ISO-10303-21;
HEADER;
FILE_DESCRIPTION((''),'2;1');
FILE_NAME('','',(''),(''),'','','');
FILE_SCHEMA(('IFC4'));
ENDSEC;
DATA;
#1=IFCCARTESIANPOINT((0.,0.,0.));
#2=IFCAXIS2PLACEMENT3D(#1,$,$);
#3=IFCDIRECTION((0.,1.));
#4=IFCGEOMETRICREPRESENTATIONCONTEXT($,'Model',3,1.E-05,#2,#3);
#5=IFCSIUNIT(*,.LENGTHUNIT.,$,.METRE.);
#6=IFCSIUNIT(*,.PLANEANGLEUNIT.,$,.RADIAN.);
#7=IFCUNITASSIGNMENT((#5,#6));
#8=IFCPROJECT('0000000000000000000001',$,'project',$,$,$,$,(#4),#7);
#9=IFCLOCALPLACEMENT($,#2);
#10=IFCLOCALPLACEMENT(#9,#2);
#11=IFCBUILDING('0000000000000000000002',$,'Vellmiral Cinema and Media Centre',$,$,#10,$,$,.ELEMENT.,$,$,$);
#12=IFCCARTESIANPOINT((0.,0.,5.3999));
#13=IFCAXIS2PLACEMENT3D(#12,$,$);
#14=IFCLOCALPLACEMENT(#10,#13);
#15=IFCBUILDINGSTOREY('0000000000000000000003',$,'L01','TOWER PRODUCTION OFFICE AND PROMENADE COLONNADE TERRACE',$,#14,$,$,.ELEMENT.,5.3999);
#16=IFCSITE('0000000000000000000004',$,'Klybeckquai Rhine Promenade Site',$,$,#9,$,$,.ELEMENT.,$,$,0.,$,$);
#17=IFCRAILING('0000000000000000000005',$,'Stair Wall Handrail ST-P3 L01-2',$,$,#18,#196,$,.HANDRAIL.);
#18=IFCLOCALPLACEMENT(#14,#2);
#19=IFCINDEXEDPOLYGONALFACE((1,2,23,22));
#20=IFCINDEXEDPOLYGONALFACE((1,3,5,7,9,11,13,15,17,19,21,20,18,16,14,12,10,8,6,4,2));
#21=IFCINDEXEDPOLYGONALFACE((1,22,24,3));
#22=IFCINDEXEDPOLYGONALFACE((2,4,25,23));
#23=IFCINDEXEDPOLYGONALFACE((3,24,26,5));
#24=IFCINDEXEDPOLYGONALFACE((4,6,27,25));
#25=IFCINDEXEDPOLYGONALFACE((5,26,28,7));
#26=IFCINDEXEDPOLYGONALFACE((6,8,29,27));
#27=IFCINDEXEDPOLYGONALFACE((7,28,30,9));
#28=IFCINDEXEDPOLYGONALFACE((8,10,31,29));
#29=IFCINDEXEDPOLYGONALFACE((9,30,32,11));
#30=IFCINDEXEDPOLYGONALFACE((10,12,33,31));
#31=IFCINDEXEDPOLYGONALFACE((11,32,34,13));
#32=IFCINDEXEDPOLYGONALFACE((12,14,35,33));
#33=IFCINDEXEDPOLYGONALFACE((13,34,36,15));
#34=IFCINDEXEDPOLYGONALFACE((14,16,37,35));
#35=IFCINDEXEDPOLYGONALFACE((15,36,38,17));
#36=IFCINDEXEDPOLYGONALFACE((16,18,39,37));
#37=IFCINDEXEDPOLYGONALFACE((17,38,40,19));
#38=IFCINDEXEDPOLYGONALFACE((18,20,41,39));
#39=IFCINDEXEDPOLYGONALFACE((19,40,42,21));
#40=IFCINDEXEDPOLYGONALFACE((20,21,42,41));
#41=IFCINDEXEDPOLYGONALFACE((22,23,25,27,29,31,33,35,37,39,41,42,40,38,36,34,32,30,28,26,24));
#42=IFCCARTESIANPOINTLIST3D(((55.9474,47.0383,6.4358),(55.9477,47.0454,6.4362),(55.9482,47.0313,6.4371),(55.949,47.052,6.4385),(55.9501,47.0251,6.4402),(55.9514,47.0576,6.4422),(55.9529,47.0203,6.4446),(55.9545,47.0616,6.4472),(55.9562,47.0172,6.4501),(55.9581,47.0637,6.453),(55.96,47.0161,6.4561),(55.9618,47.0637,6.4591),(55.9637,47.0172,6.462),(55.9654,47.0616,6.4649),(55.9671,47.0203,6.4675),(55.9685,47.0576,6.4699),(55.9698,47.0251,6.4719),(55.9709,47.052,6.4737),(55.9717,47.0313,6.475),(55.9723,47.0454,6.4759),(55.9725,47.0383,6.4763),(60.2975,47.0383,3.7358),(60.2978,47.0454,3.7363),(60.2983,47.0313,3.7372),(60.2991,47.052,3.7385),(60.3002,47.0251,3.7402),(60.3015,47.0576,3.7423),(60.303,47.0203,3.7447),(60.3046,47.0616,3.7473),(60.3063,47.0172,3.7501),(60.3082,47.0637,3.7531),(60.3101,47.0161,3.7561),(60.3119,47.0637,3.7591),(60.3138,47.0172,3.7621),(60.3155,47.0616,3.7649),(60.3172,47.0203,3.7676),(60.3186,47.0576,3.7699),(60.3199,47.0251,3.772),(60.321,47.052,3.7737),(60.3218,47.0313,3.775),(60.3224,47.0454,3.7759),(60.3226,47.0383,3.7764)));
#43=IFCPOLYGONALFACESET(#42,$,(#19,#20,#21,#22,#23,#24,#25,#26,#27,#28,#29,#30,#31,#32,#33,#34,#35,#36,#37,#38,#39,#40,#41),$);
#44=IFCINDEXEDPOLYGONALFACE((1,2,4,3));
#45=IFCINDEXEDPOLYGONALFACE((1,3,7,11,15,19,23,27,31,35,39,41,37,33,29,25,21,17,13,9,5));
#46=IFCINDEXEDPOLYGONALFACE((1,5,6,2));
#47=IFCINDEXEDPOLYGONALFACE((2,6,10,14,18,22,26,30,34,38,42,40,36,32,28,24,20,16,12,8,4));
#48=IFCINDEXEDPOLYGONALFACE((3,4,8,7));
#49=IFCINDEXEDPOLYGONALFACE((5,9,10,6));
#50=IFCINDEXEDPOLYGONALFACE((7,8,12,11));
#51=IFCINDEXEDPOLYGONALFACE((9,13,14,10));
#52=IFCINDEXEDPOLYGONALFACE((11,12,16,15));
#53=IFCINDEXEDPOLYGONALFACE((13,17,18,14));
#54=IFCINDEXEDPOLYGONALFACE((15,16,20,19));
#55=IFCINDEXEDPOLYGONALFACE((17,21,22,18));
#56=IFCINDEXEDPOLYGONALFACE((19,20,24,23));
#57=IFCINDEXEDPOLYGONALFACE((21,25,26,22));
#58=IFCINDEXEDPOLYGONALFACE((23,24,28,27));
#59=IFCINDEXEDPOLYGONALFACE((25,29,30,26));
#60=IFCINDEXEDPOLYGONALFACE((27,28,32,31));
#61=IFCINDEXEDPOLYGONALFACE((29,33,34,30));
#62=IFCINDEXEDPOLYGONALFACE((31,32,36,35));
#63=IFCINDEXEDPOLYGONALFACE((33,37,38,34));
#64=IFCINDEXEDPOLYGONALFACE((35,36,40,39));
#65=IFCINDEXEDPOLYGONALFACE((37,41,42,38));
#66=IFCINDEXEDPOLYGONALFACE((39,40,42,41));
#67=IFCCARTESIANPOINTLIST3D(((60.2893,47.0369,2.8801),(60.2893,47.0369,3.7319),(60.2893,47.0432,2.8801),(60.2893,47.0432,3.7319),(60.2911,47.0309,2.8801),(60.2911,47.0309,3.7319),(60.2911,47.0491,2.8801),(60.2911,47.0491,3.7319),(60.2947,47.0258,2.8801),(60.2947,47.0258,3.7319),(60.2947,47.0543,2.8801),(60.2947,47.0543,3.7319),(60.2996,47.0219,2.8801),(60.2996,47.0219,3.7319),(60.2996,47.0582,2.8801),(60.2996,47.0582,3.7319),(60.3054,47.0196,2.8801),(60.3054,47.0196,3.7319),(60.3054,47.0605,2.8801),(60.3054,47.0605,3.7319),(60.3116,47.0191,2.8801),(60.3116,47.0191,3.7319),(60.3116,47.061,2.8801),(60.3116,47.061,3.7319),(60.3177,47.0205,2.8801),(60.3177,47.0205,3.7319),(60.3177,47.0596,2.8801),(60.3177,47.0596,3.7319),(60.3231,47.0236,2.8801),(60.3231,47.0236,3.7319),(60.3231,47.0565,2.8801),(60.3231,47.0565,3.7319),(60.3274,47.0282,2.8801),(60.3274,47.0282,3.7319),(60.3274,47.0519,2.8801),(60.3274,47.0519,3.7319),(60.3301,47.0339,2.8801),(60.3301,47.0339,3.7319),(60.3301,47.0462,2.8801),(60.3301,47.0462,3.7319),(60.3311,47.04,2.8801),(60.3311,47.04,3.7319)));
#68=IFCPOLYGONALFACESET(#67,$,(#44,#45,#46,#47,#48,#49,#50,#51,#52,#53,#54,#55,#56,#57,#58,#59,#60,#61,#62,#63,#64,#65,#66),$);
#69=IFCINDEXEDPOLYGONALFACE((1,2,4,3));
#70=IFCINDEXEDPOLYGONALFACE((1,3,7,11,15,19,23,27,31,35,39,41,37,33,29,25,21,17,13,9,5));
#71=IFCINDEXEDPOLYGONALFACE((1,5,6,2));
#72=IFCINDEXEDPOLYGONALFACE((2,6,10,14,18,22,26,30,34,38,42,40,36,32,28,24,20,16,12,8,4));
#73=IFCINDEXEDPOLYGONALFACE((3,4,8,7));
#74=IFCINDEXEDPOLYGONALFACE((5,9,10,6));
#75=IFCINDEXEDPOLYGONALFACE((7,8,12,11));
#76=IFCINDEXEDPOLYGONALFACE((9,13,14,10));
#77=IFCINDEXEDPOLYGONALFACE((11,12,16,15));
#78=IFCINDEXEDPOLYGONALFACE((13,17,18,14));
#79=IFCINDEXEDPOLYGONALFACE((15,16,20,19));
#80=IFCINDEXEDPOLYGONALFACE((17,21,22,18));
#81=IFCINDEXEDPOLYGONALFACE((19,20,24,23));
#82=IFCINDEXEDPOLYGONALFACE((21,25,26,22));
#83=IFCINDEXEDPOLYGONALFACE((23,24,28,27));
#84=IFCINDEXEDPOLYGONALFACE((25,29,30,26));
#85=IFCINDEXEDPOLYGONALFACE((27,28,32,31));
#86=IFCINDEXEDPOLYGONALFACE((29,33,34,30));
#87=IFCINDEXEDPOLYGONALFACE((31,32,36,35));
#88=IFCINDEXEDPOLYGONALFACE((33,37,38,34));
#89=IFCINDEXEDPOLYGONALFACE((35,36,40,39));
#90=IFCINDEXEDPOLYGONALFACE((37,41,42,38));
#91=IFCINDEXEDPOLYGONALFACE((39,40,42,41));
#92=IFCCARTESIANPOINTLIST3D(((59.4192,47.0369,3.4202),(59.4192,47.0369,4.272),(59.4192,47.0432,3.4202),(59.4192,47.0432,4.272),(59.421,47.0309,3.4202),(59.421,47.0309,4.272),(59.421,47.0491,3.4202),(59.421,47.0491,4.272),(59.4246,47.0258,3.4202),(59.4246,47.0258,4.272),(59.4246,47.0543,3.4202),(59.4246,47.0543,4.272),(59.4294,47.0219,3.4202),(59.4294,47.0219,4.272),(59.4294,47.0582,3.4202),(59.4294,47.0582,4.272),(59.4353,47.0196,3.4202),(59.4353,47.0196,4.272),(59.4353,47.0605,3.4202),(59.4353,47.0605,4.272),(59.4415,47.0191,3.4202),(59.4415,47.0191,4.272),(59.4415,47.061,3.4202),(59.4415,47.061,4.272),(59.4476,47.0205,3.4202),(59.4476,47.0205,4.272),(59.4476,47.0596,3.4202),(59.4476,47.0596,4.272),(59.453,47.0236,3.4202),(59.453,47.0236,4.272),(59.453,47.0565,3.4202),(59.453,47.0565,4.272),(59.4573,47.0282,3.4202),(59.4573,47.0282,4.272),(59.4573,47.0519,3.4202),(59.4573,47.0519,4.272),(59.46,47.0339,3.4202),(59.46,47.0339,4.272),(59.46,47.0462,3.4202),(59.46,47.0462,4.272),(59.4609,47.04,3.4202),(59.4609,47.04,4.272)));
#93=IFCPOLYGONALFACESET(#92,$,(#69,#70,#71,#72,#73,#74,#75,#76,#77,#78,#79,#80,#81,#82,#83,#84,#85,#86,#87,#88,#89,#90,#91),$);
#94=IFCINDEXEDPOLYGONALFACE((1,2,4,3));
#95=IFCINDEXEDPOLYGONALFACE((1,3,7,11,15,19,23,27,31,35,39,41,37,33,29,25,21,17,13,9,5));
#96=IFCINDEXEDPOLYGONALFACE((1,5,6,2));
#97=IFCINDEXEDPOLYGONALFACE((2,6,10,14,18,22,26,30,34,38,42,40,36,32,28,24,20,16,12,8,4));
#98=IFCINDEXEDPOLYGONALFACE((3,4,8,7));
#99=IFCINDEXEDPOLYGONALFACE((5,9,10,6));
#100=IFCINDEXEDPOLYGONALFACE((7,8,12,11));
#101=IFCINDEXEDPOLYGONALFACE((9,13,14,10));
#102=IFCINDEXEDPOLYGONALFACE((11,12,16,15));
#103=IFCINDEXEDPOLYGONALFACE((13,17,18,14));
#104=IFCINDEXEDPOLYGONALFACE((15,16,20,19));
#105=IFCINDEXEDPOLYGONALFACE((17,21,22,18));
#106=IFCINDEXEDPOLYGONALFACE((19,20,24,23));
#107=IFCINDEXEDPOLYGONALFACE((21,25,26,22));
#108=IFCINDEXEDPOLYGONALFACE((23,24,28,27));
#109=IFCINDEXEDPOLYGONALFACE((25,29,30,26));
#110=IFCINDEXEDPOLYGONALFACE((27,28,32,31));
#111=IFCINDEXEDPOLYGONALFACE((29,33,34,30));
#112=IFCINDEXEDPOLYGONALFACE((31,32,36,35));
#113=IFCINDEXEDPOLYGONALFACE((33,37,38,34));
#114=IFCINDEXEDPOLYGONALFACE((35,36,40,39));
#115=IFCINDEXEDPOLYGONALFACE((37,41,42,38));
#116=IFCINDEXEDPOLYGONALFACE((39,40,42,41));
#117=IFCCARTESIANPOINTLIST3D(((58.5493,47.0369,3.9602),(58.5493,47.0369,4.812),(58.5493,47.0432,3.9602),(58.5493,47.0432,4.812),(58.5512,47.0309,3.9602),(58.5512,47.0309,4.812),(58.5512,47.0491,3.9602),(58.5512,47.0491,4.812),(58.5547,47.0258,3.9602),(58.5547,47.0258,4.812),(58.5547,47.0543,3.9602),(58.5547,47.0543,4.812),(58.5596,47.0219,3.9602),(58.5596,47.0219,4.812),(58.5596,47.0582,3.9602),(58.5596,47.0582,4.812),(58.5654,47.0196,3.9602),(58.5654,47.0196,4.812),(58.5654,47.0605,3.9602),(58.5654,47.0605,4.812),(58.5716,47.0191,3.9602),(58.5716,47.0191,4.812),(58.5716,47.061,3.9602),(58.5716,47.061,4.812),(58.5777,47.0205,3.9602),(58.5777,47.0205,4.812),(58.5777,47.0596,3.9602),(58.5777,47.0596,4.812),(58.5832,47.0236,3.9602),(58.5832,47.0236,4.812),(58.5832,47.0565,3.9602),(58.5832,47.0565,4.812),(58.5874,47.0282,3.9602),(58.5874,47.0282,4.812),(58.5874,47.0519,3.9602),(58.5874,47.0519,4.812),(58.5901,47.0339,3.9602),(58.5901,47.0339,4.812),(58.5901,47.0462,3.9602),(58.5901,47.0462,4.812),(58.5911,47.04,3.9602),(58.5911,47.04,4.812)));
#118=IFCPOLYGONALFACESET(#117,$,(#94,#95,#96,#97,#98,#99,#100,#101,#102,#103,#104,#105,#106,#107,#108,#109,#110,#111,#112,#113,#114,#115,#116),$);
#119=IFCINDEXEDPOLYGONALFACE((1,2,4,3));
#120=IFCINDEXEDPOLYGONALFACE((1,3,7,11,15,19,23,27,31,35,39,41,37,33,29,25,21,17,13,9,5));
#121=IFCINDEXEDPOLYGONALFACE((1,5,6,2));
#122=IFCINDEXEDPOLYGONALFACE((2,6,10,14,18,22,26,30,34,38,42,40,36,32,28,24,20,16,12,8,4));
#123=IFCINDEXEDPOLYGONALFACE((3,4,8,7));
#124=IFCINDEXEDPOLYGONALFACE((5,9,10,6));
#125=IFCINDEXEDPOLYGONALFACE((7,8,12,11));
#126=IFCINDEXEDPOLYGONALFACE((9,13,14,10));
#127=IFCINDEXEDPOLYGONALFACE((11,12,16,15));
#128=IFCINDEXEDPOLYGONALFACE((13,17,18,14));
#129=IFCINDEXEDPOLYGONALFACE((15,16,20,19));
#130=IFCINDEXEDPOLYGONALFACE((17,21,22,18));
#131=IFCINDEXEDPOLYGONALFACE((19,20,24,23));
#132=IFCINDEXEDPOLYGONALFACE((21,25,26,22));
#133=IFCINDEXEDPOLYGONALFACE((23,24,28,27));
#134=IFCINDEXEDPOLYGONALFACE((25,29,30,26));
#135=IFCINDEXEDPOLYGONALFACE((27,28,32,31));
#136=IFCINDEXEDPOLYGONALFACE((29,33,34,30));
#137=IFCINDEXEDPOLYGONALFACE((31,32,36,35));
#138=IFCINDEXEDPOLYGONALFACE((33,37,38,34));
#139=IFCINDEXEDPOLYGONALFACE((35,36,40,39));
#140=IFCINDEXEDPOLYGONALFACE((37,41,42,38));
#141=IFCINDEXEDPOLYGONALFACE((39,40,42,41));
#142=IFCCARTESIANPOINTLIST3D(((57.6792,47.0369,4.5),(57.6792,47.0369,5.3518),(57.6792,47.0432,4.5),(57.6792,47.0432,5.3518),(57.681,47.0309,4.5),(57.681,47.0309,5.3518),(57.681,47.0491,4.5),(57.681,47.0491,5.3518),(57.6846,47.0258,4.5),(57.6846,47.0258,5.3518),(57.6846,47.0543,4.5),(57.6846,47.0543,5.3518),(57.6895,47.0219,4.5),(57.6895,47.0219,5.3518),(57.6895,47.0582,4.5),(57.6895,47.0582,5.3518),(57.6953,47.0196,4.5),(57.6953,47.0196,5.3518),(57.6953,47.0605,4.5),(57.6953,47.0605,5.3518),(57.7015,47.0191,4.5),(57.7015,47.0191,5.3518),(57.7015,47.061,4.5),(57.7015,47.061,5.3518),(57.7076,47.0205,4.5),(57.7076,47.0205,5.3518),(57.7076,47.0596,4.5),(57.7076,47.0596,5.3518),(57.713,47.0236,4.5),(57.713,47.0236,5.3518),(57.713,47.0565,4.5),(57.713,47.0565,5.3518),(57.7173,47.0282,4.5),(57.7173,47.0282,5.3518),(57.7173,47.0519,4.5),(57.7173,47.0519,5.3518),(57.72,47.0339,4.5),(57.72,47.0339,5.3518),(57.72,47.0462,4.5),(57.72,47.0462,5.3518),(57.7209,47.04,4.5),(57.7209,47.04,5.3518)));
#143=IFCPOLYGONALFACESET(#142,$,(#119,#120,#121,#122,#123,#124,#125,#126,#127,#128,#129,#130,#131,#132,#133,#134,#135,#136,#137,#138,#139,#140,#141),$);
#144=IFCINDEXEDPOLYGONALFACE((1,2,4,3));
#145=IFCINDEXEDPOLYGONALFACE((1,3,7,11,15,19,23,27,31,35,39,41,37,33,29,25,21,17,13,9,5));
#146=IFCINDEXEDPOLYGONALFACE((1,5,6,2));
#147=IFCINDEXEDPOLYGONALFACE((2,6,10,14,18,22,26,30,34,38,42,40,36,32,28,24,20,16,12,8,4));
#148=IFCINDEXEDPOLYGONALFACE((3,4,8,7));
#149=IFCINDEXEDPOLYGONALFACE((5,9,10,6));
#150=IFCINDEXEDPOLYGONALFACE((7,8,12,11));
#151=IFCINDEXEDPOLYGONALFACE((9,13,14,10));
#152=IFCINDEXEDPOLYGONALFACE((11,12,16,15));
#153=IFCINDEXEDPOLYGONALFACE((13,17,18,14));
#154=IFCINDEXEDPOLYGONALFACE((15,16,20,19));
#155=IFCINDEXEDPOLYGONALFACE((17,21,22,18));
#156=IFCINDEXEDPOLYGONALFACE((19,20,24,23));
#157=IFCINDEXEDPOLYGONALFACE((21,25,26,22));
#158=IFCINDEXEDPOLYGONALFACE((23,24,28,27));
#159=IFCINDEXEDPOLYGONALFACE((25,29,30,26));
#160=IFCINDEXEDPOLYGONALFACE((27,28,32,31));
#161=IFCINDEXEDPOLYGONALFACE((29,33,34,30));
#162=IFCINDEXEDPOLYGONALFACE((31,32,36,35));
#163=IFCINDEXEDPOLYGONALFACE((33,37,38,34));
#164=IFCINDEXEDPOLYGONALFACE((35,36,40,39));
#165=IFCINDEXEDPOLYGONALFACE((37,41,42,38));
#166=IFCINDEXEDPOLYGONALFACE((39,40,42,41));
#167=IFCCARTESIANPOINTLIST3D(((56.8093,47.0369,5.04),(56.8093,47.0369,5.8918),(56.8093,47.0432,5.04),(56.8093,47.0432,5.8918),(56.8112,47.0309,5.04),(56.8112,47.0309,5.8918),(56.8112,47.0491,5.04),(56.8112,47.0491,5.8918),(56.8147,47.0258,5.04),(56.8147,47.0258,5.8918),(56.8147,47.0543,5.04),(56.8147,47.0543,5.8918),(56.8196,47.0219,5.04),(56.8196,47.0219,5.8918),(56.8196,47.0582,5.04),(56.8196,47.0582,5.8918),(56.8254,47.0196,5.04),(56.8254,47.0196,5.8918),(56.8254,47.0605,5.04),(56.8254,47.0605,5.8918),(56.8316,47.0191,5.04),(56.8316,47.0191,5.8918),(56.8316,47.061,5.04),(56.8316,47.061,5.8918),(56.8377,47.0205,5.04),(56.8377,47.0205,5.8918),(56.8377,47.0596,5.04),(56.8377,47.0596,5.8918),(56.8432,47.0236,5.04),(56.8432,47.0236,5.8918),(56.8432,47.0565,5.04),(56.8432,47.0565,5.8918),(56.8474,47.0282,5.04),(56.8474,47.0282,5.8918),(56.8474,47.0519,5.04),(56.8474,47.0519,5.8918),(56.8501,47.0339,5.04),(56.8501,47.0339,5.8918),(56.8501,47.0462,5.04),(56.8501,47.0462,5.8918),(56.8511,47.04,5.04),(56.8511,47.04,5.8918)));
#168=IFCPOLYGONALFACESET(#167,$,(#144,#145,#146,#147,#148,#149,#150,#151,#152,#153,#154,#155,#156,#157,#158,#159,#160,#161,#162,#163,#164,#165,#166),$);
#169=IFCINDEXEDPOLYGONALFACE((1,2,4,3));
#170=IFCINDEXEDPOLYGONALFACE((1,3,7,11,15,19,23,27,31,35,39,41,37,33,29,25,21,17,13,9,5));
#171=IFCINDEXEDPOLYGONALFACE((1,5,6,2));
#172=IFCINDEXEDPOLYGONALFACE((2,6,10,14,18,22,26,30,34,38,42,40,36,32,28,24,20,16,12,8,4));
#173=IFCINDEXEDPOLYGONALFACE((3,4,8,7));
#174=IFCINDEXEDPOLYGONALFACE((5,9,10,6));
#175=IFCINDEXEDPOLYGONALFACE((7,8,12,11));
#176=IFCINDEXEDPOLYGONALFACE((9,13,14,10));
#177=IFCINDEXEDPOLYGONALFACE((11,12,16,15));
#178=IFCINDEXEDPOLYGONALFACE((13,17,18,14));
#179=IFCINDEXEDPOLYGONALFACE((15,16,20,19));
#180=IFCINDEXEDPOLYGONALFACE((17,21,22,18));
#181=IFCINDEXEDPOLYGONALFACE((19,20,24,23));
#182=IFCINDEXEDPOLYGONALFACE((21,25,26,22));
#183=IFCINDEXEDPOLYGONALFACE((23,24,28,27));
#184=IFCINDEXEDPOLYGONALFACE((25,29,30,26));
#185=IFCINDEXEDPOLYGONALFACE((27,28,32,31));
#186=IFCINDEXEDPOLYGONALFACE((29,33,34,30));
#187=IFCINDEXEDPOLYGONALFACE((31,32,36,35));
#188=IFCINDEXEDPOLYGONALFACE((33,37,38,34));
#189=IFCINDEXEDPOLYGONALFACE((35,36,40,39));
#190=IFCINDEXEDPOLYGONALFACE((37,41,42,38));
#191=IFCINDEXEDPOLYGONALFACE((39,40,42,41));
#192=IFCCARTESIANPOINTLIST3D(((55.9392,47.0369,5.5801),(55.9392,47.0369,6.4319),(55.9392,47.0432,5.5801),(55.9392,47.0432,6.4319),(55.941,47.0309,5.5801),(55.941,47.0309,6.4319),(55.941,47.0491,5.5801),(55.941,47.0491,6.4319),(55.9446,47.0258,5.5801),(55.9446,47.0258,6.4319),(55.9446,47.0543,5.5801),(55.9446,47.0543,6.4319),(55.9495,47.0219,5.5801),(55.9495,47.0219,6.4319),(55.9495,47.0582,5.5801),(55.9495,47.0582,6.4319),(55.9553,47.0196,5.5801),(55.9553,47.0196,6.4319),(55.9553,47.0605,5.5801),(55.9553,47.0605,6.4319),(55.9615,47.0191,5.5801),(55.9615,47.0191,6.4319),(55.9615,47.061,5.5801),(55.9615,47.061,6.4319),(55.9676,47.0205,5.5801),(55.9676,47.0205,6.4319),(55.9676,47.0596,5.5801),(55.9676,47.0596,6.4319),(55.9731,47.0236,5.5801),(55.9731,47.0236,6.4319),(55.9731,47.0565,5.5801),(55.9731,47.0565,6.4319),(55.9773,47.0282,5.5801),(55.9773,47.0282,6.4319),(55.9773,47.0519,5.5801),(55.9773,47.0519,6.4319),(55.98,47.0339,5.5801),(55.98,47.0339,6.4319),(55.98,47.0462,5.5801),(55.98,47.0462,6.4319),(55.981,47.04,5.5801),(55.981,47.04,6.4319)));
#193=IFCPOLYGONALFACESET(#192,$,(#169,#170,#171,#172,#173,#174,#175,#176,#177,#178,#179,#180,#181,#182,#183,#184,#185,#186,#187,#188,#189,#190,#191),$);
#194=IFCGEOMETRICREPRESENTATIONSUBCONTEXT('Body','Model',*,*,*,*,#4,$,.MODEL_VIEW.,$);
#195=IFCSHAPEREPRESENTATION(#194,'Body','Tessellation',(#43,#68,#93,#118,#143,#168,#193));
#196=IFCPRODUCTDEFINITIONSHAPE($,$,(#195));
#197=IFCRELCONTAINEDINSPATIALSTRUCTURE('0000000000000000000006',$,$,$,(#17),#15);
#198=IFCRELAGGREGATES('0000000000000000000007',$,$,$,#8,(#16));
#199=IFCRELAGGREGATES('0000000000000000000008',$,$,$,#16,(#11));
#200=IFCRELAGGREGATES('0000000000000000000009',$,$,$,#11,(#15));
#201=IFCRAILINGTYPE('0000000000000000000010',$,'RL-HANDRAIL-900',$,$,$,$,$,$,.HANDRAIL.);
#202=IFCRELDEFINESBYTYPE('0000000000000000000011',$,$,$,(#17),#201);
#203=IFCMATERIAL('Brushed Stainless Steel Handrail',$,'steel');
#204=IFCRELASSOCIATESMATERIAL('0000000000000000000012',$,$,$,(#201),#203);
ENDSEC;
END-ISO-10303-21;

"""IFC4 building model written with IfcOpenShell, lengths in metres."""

from ifc_helpers import new_model, si_unit, direction, frame, origin, origin_2d, place, context, subcontext, project, spatial, circle, extrude, material, type_object, element, save


model = new_model("IFC4")

# Units and contexts
model_context = context("Model", 3, precision=1e-05, world=origin(), true_north=direction((0.0, 1.0)))
body_context = subcontext(model_context, "Body", "Model", "MODEL_VIEW")
ifc_project = project(units=[si_unit("LENGTHUNIT", "METRE"), si_unit("PLANEANGLEUNIT", "RADIAN")], contexts=[model_context])

# Site, building, storey
site_placement = place(None, origin())
site = spatial("IfcSite", under=ifc_project, at=site_placement, Name="Klybeckquai Rhine Promenade Site", CompositionType="ELEMENT", RefElevation=0.0)
building_placement = place(site_placement, origin())
building = spatial("IfcBuilding", under=site, at=building_placement, Name="Vellmiral Cinema and Media Centre", CompositionType="ELEMENT")
storey_placement = place(building_placement, frame((0.0, 0.0, 5.3999)))
storey = spatial("IfcBuildingStorey", under=building, at=storey_placement, Name="L01", Description="TOWER PRODUCTION OFFICE AND PROMENADE COLONNADE TERRACE", CompositionType="ELEMENT", Elevation=5.3999)

# Railing
ifc_material_1 = material(Name="Brushed Stainless Steel Handrail", Category="steel")
railing_type_1 = type_object("IfcRailingType", Name="RL-HANDRAIL-900", PredefinedType="HANDRAIL", material=ifc_material_1)
railing_1_placement = place(storey_placement, frame((60.3101, 47.04, 2.8801)))
element("IfcRailing", 1, at=railing_1_placement, inside=storey, type_object=railing_type_1, Name="Stair Wall Handrail ST-P3 L01-2", PredefinedType="HANDRAIL", context=body_context, shape_type="SweptSolid", body=[
    extrude(circle(Radius=0.0239, at=origin_2d()), frame((0.0, 0.0, 0.876), z_axis=(-0.84965, 0.0, 0.527347), x_axis=(0.0, -1.0, 0.0)), (0.0, 0.0, 1.0), 5.1199),
    extrude(circle(Radius=0.021, at=origin_2d()), origin(), (0.0, 0.0, 1.0), 0.8518),
    extrude(circle(Radius=0.021, at=origin_2d()), frame((-0.8701, 0.0, 0.54)), (0.0, 0.0, 1.0), 0.8518),
    extrude(circle(Radius=0.021, at=origin_2d()), frame((-1.74, 0.0, 1.0801)), (0.0, 0.0, 1.0), 0.8518),
    extrude(circle(Radius=0.021, at=origin_2d()), frame((-2.6101, 0.0, 1.6199)), (0.0, 0.0, 1.0), 0.8518),
    extrude(circle(Radius=0.021, at=origin_2d()), frame((-3.48, 0.0, 2.1599)), (0.0, 0.0, 1.0), 0.8518),
    extrude(circle(Radius=0.021, at=origin_2d()), frame((-4.3501, 0.0, 2.7)), (0.0, 0.0, 1.0), 0.8518),
])

save(model, "model.ifc")
